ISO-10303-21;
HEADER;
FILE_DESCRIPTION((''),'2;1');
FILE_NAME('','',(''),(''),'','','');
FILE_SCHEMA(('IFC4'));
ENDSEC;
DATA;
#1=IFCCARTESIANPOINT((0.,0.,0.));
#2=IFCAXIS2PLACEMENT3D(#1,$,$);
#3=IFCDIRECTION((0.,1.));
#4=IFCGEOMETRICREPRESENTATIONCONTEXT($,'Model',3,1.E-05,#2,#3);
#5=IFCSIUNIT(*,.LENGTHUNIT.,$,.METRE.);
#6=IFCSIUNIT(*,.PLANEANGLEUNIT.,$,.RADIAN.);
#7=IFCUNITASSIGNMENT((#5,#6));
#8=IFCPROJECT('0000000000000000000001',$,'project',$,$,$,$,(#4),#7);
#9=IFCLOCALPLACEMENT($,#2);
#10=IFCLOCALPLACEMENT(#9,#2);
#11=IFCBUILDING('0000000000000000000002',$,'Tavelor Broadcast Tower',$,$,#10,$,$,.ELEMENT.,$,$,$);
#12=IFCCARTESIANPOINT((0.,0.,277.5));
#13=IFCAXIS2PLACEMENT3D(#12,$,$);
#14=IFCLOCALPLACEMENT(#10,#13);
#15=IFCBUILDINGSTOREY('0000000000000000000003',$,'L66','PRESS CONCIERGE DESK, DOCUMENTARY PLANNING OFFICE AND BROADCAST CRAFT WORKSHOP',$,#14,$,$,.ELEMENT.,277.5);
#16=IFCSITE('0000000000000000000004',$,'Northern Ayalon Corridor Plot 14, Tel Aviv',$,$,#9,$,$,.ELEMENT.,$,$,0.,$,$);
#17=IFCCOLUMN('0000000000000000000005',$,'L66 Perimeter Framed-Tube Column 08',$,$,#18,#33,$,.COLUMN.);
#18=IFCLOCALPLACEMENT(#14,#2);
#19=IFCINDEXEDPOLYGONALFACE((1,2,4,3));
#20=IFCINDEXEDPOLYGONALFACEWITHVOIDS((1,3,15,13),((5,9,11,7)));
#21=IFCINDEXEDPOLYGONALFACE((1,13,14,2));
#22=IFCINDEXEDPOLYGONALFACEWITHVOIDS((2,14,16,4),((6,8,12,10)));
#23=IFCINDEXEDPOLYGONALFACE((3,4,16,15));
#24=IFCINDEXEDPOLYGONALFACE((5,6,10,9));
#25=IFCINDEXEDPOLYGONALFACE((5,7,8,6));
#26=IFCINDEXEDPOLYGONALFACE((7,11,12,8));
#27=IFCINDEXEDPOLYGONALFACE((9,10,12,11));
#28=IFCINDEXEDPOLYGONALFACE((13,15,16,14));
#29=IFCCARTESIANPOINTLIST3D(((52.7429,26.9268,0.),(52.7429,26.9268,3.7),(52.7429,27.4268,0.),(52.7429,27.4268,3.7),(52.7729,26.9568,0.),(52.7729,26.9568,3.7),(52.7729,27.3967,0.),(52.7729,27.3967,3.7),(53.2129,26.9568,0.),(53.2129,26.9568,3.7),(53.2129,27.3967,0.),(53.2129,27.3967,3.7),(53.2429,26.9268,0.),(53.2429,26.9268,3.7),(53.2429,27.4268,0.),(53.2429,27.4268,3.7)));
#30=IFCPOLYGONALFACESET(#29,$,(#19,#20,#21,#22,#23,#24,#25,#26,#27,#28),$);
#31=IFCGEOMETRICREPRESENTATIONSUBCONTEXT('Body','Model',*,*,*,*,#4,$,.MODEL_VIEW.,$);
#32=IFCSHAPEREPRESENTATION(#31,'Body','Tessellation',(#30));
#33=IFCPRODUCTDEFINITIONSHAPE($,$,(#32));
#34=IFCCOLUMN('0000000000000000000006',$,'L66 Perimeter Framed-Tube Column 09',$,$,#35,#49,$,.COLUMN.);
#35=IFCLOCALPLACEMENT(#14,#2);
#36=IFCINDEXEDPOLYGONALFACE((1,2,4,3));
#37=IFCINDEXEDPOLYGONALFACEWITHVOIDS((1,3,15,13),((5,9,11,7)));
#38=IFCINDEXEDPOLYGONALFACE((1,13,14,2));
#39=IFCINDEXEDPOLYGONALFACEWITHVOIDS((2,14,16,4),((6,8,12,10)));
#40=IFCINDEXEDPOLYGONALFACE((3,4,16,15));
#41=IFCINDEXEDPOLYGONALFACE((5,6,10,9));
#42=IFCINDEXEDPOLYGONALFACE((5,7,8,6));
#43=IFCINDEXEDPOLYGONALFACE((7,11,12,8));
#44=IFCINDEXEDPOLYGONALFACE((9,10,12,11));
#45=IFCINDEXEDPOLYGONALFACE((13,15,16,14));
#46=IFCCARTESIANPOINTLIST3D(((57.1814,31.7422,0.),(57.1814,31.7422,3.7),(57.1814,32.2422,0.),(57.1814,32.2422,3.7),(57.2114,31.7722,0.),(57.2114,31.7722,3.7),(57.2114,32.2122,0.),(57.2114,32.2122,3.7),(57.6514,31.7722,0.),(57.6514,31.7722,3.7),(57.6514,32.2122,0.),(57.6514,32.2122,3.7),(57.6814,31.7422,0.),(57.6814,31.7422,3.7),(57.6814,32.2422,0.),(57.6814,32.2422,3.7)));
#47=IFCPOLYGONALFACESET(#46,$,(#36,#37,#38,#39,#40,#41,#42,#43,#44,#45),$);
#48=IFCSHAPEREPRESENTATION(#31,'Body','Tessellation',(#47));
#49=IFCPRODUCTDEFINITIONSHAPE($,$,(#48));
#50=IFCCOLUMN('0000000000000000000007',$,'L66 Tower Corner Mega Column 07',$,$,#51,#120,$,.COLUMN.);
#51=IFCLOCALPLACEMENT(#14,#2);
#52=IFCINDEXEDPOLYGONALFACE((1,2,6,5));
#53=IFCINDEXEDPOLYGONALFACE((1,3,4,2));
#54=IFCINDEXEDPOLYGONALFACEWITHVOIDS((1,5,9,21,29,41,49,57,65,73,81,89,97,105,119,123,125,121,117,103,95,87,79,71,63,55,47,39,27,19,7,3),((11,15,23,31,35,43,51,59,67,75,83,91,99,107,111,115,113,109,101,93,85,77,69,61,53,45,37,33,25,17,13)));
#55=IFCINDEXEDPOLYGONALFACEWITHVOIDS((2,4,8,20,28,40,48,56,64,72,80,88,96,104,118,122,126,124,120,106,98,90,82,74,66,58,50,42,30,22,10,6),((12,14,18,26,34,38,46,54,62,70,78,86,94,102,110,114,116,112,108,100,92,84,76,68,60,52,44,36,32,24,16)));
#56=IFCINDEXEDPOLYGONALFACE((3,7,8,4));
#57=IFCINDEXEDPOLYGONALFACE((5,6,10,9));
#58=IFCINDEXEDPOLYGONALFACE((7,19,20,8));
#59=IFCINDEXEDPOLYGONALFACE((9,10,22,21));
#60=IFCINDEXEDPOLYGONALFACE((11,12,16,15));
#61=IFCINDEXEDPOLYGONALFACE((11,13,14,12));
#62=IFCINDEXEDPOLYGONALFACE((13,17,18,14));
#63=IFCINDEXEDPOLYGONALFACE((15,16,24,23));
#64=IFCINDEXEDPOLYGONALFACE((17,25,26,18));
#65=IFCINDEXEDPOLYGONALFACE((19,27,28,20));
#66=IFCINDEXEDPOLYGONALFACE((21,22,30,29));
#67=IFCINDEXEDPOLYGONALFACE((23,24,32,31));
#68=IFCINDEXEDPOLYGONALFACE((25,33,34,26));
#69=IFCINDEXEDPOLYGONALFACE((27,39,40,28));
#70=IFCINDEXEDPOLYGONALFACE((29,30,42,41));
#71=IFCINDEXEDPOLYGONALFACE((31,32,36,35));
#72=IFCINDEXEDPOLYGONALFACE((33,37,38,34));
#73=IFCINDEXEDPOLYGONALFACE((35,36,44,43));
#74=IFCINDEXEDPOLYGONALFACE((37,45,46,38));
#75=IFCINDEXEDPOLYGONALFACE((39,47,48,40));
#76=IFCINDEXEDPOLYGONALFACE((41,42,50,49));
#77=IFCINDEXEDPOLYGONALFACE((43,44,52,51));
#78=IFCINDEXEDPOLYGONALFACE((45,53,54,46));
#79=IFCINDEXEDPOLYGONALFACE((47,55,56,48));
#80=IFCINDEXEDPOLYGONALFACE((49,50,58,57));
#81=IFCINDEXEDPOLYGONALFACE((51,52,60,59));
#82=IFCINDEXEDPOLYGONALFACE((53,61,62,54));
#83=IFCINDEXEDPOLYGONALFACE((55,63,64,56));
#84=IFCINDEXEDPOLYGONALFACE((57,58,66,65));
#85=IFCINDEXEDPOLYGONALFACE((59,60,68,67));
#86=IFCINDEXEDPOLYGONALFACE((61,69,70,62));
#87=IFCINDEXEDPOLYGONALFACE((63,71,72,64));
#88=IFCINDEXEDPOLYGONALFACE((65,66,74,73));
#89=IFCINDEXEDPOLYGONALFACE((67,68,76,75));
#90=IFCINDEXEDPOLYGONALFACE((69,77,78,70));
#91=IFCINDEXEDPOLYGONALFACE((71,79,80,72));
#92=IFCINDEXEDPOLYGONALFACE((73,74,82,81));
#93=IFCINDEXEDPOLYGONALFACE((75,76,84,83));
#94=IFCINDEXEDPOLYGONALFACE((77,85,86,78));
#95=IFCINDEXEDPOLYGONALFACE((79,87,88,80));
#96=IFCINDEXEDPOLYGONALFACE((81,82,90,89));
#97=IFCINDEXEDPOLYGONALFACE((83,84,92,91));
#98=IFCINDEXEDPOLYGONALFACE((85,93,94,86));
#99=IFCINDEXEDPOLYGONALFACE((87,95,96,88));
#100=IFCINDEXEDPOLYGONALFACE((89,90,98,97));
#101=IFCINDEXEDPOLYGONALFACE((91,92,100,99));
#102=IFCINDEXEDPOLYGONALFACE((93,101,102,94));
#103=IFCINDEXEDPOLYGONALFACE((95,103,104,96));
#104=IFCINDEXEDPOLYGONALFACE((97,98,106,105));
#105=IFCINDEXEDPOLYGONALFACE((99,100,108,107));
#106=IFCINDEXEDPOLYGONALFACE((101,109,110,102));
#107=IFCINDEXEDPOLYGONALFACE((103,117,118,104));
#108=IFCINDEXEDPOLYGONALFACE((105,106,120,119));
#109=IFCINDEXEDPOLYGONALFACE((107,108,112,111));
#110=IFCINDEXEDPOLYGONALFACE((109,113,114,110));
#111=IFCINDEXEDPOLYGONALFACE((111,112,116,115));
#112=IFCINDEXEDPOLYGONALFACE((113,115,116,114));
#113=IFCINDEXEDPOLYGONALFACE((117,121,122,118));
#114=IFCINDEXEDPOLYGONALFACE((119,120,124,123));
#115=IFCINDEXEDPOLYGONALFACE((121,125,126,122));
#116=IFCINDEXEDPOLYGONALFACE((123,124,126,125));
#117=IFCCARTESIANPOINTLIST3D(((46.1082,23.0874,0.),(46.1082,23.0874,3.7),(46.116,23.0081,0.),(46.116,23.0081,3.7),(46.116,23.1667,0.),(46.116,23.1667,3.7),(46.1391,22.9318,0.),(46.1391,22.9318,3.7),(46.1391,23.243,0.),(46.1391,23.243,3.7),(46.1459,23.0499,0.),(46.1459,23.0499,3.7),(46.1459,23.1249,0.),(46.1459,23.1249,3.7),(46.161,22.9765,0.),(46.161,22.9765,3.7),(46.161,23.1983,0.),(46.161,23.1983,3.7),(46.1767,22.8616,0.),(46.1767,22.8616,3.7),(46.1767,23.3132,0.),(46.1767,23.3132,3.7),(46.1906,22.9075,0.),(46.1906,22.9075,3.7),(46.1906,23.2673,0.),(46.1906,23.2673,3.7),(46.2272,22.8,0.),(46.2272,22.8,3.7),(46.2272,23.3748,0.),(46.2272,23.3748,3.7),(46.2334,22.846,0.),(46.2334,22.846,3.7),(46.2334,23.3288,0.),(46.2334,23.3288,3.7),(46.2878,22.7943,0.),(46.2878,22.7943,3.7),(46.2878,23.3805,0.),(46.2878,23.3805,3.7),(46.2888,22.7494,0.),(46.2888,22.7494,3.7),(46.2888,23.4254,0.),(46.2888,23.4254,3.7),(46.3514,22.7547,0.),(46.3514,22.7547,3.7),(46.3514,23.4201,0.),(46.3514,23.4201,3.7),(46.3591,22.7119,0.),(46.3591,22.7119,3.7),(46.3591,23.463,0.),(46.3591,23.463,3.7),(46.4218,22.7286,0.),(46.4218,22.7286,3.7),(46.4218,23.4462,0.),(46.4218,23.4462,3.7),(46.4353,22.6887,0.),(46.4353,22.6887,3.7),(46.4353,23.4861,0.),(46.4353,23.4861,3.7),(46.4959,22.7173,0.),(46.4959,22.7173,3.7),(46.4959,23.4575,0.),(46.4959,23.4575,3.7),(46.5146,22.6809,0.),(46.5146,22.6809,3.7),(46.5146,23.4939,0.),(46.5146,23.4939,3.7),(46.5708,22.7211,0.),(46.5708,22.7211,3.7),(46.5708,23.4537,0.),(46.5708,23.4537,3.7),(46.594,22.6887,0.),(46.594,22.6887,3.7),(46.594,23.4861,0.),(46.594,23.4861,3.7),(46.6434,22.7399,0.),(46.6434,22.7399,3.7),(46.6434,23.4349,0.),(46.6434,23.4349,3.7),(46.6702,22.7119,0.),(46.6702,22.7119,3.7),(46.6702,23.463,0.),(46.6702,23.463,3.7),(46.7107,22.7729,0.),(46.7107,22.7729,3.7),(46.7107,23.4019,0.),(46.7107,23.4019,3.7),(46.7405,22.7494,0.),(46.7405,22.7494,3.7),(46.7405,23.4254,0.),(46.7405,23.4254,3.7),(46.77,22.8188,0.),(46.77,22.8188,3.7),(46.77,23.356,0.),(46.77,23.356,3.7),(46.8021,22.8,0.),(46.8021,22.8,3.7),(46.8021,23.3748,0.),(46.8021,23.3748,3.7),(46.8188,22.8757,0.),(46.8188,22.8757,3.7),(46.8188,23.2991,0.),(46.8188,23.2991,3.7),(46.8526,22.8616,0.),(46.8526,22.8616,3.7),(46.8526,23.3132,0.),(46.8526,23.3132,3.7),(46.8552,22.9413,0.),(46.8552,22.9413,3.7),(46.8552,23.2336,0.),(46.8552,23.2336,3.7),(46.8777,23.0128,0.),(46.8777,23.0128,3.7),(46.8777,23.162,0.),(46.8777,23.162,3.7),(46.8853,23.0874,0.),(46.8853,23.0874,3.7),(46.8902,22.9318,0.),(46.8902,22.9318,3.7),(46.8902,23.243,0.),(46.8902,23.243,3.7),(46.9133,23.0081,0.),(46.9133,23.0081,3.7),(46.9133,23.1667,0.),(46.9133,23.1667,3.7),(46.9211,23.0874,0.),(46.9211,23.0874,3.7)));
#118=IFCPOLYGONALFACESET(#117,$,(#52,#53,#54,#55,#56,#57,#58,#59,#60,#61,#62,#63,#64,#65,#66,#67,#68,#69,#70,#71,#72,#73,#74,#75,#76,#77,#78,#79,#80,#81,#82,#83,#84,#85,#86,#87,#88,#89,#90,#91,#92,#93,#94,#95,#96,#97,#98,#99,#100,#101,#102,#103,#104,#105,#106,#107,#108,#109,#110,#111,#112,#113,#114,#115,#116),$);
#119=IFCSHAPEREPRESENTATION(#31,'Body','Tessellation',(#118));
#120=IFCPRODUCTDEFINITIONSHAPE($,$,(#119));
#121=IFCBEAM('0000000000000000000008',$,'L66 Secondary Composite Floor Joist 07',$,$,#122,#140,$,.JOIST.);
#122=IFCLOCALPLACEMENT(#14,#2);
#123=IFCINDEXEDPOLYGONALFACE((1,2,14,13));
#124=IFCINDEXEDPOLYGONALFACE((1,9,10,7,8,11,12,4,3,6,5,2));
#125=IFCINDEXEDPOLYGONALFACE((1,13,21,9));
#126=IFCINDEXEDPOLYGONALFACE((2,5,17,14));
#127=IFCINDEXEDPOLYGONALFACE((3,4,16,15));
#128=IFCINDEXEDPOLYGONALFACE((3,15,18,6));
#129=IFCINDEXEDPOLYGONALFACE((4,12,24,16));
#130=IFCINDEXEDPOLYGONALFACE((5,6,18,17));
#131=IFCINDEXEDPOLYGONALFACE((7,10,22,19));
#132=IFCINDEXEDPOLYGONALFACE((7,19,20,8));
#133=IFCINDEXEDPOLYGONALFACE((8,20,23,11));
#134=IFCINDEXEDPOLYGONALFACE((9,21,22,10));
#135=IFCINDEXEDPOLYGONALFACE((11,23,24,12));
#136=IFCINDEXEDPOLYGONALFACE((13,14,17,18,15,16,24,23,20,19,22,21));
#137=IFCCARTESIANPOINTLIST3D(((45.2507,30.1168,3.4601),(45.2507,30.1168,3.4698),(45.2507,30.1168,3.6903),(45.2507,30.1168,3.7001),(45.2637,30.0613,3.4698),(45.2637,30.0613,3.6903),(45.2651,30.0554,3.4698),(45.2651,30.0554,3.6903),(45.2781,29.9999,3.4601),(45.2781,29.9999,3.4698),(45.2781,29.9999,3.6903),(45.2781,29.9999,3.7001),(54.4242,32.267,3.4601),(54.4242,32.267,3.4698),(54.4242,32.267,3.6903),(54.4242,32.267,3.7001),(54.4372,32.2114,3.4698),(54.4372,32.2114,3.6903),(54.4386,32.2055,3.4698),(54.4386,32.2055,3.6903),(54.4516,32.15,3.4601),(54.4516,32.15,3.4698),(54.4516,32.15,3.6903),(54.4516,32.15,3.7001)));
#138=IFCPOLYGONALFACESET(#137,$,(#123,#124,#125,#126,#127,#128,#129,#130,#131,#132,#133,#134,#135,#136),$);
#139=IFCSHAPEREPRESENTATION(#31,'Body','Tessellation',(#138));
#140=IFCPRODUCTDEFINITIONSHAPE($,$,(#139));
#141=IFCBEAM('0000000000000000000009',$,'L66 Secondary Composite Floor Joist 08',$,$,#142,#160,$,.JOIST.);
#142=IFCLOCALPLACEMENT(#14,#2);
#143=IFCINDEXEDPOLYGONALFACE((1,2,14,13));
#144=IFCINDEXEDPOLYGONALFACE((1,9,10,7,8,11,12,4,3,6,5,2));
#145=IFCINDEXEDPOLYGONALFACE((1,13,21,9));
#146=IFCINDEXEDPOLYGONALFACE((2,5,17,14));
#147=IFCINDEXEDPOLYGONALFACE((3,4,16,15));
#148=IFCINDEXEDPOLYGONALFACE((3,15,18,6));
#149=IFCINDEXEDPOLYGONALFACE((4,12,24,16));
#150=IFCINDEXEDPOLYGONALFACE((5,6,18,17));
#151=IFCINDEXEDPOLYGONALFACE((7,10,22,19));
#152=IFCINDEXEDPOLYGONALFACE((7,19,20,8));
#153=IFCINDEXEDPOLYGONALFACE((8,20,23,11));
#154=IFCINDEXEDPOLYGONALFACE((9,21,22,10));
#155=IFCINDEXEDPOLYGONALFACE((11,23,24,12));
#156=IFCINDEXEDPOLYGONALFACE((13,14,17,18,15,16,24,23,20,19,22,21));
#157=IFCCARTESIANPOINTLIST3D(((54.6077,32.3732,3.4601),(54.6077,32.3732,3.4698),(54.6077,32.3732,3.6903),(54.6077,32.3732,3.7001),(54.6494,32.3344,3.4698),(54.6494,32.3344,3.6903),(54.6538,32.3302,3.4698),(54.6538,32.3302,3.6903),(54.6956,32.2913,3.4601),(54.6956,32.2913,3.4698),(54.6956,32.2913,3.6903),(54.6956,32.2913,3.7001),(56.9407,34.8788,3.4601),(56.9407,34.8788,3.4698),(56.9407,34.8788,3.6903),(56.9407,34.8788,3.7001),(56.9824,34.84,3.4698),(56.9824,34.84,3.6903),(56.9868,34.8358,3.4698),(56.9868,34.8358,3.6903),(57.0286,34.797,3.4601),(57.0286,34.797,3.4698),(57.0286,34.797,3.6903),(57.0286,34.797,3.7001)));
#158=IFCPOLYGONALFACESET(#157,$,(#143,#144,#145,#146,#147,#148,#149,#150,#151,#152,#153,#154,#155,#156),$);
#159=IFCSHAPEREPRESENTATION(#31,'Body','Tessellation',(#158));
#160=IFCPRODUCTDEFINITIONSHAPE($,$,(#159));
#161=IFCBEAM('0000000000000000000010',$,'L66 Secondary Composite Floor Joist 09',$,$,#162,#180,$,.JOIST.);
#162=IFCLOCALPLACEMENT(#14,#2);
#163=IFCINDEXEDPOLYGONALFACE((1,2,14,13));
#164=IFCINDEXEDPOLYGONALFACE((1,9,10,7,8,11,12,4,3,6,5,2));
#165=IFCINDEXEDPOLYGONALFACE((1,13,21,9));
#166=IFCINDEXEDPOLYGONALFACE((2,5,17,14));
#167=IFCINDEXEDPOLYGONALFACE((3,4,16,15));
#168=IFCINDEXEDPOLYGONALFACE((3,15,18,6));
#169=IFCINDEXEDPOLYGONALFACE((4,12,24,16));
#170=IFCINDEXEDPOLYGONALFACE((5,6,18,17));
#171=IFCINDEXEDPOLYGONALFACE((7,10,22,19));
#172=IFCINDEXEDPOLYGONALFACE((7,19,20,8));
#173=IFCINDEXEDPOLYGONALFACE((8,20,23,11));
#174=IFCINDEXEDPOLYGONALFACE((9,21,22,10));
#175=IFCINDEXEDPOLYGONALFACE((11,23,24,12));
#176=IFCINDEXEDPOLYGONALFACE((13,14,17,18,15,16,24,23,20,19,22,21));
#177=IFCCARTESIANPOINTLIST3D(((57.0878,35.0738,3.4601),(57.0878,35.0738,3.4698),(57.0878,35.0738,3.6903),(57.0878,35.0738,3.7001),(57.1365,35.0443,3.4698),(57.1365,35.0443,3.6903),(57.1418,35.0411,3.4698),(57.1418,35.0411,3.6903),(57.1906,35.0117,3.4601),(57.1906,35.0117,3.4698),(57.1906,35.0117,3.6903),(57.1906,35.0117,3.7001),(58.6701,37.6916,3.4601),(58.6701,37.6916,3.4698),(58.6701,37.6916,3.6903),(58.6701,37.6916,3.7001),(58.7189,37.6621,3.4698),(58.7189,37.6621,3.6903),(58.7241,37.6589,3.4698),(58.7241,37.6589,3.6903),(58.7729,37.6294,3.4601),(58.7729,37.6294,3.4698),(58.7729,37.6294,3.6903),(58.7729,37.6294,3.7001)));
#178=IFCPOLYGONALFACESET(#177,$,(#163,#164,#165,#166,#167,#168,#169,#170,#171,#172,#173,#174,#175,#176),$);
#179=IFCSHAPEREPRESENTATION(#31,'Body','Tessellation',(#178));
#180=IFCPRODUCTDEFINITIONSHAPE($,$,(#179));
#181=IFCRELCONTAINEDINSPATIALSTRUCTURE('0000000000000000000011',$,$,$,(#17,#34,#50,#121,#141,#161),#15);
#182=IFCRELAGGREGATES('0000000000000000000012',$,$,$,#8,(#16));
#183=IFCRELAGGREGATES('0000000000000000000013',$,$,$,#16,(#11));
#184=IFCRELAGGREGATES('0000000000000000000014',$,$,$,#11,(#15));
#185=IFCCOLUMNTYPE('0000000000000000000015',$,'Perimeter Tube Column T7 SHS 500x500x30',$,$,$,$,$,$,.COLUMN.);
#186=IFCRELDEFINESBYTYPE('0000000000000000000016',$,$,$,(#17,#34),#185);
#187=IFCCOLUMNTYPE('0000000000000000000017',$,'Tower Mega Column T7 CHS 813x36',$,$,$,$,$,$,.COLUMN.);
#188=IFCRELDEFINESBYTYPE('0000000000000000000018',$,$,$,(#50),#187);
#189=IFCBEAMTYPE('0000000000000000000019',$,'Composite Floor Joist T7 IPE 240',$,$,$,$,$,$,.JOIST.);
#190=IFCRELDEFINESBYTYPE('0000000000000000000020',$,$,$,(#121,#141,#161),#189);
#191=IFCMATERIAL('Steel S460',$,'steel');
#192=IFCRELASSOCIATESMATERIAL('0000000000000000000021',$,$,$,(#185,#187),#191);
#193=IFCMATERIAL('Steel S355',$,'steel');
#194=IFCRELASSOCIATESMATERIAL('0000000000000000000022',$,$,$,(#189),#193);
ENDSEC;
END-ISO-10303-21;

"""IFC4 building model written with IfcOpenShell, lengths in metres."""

from ifc_helpers import new_model, si_unit, direction, frame, origin, origin_2d, place, context, subcontext, project, spatial, hollow_rectangle, hollow_circle, i_section, extrude, material, material_profile, profile_set, type_object, element, save


model = new_model("IFC4")

# Units and contexts
model_context = context("Model", 3, precision=1e-05, world=origin(), true_north=direction((0.0, 1.0)))
body_context = subcontext(model_context, "Body", "Model", "MODEL_VIEW")
ifc_project = project(units=[si_unit("LENGTHUNIT", "METRE"), si_unit("PLANEANGLEUNIT", "RADIAN")], contexts=[model_context])

# Site, building, storey
site_placement = place(None, origin())
site = spatial("IfcSite", under=ifc_project, at=site_placement, Name="Northern Ayalon Corridor Plot 14, Tel Aviv", CompositionType="ELEMENT", RefElevation=0.0)
building_placement = place(site_placement, origin())
building = spatial("IfcBuilding", under=site, at=building_placement, Name="Tavelor Broadcast Tower", CompositionType="ELEMENT")
storey_placement = place(building_placement, frame((0.0, 0.0, 277.5)))
storey = spatial("IfcBuildingStorey", under=building, at=storey_placement, Name="L66", Description="PRESS CONCIERGE DESK, DOCUMENTARY PLANNING OFFICE AND BROADCAST CRAFT WORKSHOP", CompositionType="ELEMENT", Elevation=277.5)

# Columns
ifc_material_1 = material(Name="Steel S460", Category="steel")
ifc_material_profile_1 = material_profile(ifc_material_1, hollow_rectangle(XDim=0.5, YDim=0.5, WallThickness=0.03, at=origin_2d()), Name="SHS 500x500x30")
ifc_profile_set_1 = profile_set([ifc_material_profile_1], Name="Steel S460")
column_type_1 = type_object("IfcColumnType", Name="Perimeter Tube Column T7 SHS 500x500x30", PredefinedType="COLUMN", material=ifc_profile_set_1)
for number, where, z_axis, x_axis, name in (
    (1, (52.9929, 27.1768, 0.0), (0.0, 0.0, 1.0), (1.0, 0.0, 0.0), "L66 Perimeter Framed-Tube Column 08"),
    (2, (57.4314, 31.9922, 0.0), (0.0, 0.0, 1.0), (1.0, 0.0, 0.0), "L66 Perimeter Framed-Tube Column 09"),
):
    element("IfcColumn", number, at=place(storey_placement, frame(where, z_axis=z_axis, x_axis=x_axis)), inside=storey, type_object=column_type_1, Name=name, PredefinedType="COLUMN", context=body_context, shape_type="SweptSolid", body=[
        extrude(hollow_rectangle(XDim=0.5, YDim=0.5, WallThickness=0.03, at=origin_2d()), origin(), (0.0, 0.0, 1.0), 3.7),
    ])
ifc_material_profile_2 = material_profile(ifc_material_1, hollow_circle(Radius=0.4065, WallThickness=0.0359, at=origin_2d()), Name="CHS 813x36")
ifc_profile_set_2 = profile_set([ifc_material_profile_2], Name="Steel S460")
column_type_2 = type_object("IfcColumnType", Name="Tower Mega Column T7 CHS 813x36", PredefinedType="COLUMN", material=ifc_profile_set_2)
column_placement = place(storey_placement, frame((46.5146, 23.0874, 0.0), z_axis=(0.0, 0.0, 1.0), x_axis=(1.0, 0.0, 0.0)))
element("IfcColumn", 3, at=column_placement, inside=storey, type_object=column_type_2, Name="L66 Tower Corner Mega Column 07", PredefinedType="COLUMN", context=body_context, shape_type="SweptSolid", body=[
    extrude(hollow_circle(Radius=0.4065, WallThickness=0.0359, at=origin_2d()), origin(), (0.0, 0.0, 1.0), 3.7),
])

# Beams
ifc_material_2 = material(Name="Steel S355", Category="steel")
ifc_material_profile_3 = material_profile(ifc_material_2, i_section(OverallWidth=0.1201, OverallDepth=0.24, WebThickness=0.0061, FlangeThickness=0.0098, at=origin_2d()), Name="IPE 240")
ifc_profile_set_3 = profile_set([ifc_material_profile_3], Name="Steel S355")
beam_type_1 = type_object("IfcBeamType", Name="Composite Floor Joist T7 IPE 240", PredefinedType="JOIST", material=ifc_profile_set_3)
beam_1_placement = place(storey_placement, frame((45.2644, 30.0583, 3.5801), z_axis=(0.973614, 0.2282, 0.0), x_axis=(-0.2282, 0.973614, 0.0)))
element("IfcBeam", 4, at=beam_1_placement, inside=storey, type_object=beam_type_1, Name="L66 Secondary Composite Floor Joist 07", PredefinedType="JOIST", context=body_context, shape_type="SweptSolid", body=[
    extrude(i_section(OverallWidth=0.1201, OverallDepth=0.24, WebThickness=0.0061, FlangeThickness=0.0098, at=origin_2d()), origin(), (0.0, 0.0, 1.0), 9.4221),
])
beam_2_placement = place(storey_placement, frame((54.6516, 32.3323, 3.5801), z_axis=(0.681449, 0.731866, 0.0), x_axis=(-0.731866, 0.681449, 0.0)))
element("IfcBeam", 5, at=beam_2_placement, inside=storey, type_object=beam_type_1, Name="L66 Secondary Composite Floor Joist 08", PredefinedType="JOIST", context=body_context, shape_type="SweptSolid", body=[
    extrude(i_section(OverallWidth=0.1201, OverallDepth=0.24, WebThickness=0.0061, FlangeThickness=0.0098, at=origin_2d()), origin(), (0.0, 0.0, 1.0), 3.4236),
])
beam_3_placement = place(storey_placement, frame((57.1392, 35.0427, 3.5801), z_axis=(0.517298, 0.855805, 0.0), x_axis=(-0.855805, 0.517298, 0.0)))
element("IfcBeam", 6, at=beam_3_placement, inside=storey, type_object=beam_type_1, Name="L66 Secondary Composite Floor Joist 09", PredefinedType="JOIST", context=body_context, shape_type="SweptSolid", body=[
    extrude(i_section(OverallWidth=0.1201, OverallDepth=0.24, WebThickness=0.0061, FlangeThickness=0.0098, at=origin_2d()), origin(), (0.0, 0.0, 1.0), 3.0588),
])

save(model, "model.ifc")
